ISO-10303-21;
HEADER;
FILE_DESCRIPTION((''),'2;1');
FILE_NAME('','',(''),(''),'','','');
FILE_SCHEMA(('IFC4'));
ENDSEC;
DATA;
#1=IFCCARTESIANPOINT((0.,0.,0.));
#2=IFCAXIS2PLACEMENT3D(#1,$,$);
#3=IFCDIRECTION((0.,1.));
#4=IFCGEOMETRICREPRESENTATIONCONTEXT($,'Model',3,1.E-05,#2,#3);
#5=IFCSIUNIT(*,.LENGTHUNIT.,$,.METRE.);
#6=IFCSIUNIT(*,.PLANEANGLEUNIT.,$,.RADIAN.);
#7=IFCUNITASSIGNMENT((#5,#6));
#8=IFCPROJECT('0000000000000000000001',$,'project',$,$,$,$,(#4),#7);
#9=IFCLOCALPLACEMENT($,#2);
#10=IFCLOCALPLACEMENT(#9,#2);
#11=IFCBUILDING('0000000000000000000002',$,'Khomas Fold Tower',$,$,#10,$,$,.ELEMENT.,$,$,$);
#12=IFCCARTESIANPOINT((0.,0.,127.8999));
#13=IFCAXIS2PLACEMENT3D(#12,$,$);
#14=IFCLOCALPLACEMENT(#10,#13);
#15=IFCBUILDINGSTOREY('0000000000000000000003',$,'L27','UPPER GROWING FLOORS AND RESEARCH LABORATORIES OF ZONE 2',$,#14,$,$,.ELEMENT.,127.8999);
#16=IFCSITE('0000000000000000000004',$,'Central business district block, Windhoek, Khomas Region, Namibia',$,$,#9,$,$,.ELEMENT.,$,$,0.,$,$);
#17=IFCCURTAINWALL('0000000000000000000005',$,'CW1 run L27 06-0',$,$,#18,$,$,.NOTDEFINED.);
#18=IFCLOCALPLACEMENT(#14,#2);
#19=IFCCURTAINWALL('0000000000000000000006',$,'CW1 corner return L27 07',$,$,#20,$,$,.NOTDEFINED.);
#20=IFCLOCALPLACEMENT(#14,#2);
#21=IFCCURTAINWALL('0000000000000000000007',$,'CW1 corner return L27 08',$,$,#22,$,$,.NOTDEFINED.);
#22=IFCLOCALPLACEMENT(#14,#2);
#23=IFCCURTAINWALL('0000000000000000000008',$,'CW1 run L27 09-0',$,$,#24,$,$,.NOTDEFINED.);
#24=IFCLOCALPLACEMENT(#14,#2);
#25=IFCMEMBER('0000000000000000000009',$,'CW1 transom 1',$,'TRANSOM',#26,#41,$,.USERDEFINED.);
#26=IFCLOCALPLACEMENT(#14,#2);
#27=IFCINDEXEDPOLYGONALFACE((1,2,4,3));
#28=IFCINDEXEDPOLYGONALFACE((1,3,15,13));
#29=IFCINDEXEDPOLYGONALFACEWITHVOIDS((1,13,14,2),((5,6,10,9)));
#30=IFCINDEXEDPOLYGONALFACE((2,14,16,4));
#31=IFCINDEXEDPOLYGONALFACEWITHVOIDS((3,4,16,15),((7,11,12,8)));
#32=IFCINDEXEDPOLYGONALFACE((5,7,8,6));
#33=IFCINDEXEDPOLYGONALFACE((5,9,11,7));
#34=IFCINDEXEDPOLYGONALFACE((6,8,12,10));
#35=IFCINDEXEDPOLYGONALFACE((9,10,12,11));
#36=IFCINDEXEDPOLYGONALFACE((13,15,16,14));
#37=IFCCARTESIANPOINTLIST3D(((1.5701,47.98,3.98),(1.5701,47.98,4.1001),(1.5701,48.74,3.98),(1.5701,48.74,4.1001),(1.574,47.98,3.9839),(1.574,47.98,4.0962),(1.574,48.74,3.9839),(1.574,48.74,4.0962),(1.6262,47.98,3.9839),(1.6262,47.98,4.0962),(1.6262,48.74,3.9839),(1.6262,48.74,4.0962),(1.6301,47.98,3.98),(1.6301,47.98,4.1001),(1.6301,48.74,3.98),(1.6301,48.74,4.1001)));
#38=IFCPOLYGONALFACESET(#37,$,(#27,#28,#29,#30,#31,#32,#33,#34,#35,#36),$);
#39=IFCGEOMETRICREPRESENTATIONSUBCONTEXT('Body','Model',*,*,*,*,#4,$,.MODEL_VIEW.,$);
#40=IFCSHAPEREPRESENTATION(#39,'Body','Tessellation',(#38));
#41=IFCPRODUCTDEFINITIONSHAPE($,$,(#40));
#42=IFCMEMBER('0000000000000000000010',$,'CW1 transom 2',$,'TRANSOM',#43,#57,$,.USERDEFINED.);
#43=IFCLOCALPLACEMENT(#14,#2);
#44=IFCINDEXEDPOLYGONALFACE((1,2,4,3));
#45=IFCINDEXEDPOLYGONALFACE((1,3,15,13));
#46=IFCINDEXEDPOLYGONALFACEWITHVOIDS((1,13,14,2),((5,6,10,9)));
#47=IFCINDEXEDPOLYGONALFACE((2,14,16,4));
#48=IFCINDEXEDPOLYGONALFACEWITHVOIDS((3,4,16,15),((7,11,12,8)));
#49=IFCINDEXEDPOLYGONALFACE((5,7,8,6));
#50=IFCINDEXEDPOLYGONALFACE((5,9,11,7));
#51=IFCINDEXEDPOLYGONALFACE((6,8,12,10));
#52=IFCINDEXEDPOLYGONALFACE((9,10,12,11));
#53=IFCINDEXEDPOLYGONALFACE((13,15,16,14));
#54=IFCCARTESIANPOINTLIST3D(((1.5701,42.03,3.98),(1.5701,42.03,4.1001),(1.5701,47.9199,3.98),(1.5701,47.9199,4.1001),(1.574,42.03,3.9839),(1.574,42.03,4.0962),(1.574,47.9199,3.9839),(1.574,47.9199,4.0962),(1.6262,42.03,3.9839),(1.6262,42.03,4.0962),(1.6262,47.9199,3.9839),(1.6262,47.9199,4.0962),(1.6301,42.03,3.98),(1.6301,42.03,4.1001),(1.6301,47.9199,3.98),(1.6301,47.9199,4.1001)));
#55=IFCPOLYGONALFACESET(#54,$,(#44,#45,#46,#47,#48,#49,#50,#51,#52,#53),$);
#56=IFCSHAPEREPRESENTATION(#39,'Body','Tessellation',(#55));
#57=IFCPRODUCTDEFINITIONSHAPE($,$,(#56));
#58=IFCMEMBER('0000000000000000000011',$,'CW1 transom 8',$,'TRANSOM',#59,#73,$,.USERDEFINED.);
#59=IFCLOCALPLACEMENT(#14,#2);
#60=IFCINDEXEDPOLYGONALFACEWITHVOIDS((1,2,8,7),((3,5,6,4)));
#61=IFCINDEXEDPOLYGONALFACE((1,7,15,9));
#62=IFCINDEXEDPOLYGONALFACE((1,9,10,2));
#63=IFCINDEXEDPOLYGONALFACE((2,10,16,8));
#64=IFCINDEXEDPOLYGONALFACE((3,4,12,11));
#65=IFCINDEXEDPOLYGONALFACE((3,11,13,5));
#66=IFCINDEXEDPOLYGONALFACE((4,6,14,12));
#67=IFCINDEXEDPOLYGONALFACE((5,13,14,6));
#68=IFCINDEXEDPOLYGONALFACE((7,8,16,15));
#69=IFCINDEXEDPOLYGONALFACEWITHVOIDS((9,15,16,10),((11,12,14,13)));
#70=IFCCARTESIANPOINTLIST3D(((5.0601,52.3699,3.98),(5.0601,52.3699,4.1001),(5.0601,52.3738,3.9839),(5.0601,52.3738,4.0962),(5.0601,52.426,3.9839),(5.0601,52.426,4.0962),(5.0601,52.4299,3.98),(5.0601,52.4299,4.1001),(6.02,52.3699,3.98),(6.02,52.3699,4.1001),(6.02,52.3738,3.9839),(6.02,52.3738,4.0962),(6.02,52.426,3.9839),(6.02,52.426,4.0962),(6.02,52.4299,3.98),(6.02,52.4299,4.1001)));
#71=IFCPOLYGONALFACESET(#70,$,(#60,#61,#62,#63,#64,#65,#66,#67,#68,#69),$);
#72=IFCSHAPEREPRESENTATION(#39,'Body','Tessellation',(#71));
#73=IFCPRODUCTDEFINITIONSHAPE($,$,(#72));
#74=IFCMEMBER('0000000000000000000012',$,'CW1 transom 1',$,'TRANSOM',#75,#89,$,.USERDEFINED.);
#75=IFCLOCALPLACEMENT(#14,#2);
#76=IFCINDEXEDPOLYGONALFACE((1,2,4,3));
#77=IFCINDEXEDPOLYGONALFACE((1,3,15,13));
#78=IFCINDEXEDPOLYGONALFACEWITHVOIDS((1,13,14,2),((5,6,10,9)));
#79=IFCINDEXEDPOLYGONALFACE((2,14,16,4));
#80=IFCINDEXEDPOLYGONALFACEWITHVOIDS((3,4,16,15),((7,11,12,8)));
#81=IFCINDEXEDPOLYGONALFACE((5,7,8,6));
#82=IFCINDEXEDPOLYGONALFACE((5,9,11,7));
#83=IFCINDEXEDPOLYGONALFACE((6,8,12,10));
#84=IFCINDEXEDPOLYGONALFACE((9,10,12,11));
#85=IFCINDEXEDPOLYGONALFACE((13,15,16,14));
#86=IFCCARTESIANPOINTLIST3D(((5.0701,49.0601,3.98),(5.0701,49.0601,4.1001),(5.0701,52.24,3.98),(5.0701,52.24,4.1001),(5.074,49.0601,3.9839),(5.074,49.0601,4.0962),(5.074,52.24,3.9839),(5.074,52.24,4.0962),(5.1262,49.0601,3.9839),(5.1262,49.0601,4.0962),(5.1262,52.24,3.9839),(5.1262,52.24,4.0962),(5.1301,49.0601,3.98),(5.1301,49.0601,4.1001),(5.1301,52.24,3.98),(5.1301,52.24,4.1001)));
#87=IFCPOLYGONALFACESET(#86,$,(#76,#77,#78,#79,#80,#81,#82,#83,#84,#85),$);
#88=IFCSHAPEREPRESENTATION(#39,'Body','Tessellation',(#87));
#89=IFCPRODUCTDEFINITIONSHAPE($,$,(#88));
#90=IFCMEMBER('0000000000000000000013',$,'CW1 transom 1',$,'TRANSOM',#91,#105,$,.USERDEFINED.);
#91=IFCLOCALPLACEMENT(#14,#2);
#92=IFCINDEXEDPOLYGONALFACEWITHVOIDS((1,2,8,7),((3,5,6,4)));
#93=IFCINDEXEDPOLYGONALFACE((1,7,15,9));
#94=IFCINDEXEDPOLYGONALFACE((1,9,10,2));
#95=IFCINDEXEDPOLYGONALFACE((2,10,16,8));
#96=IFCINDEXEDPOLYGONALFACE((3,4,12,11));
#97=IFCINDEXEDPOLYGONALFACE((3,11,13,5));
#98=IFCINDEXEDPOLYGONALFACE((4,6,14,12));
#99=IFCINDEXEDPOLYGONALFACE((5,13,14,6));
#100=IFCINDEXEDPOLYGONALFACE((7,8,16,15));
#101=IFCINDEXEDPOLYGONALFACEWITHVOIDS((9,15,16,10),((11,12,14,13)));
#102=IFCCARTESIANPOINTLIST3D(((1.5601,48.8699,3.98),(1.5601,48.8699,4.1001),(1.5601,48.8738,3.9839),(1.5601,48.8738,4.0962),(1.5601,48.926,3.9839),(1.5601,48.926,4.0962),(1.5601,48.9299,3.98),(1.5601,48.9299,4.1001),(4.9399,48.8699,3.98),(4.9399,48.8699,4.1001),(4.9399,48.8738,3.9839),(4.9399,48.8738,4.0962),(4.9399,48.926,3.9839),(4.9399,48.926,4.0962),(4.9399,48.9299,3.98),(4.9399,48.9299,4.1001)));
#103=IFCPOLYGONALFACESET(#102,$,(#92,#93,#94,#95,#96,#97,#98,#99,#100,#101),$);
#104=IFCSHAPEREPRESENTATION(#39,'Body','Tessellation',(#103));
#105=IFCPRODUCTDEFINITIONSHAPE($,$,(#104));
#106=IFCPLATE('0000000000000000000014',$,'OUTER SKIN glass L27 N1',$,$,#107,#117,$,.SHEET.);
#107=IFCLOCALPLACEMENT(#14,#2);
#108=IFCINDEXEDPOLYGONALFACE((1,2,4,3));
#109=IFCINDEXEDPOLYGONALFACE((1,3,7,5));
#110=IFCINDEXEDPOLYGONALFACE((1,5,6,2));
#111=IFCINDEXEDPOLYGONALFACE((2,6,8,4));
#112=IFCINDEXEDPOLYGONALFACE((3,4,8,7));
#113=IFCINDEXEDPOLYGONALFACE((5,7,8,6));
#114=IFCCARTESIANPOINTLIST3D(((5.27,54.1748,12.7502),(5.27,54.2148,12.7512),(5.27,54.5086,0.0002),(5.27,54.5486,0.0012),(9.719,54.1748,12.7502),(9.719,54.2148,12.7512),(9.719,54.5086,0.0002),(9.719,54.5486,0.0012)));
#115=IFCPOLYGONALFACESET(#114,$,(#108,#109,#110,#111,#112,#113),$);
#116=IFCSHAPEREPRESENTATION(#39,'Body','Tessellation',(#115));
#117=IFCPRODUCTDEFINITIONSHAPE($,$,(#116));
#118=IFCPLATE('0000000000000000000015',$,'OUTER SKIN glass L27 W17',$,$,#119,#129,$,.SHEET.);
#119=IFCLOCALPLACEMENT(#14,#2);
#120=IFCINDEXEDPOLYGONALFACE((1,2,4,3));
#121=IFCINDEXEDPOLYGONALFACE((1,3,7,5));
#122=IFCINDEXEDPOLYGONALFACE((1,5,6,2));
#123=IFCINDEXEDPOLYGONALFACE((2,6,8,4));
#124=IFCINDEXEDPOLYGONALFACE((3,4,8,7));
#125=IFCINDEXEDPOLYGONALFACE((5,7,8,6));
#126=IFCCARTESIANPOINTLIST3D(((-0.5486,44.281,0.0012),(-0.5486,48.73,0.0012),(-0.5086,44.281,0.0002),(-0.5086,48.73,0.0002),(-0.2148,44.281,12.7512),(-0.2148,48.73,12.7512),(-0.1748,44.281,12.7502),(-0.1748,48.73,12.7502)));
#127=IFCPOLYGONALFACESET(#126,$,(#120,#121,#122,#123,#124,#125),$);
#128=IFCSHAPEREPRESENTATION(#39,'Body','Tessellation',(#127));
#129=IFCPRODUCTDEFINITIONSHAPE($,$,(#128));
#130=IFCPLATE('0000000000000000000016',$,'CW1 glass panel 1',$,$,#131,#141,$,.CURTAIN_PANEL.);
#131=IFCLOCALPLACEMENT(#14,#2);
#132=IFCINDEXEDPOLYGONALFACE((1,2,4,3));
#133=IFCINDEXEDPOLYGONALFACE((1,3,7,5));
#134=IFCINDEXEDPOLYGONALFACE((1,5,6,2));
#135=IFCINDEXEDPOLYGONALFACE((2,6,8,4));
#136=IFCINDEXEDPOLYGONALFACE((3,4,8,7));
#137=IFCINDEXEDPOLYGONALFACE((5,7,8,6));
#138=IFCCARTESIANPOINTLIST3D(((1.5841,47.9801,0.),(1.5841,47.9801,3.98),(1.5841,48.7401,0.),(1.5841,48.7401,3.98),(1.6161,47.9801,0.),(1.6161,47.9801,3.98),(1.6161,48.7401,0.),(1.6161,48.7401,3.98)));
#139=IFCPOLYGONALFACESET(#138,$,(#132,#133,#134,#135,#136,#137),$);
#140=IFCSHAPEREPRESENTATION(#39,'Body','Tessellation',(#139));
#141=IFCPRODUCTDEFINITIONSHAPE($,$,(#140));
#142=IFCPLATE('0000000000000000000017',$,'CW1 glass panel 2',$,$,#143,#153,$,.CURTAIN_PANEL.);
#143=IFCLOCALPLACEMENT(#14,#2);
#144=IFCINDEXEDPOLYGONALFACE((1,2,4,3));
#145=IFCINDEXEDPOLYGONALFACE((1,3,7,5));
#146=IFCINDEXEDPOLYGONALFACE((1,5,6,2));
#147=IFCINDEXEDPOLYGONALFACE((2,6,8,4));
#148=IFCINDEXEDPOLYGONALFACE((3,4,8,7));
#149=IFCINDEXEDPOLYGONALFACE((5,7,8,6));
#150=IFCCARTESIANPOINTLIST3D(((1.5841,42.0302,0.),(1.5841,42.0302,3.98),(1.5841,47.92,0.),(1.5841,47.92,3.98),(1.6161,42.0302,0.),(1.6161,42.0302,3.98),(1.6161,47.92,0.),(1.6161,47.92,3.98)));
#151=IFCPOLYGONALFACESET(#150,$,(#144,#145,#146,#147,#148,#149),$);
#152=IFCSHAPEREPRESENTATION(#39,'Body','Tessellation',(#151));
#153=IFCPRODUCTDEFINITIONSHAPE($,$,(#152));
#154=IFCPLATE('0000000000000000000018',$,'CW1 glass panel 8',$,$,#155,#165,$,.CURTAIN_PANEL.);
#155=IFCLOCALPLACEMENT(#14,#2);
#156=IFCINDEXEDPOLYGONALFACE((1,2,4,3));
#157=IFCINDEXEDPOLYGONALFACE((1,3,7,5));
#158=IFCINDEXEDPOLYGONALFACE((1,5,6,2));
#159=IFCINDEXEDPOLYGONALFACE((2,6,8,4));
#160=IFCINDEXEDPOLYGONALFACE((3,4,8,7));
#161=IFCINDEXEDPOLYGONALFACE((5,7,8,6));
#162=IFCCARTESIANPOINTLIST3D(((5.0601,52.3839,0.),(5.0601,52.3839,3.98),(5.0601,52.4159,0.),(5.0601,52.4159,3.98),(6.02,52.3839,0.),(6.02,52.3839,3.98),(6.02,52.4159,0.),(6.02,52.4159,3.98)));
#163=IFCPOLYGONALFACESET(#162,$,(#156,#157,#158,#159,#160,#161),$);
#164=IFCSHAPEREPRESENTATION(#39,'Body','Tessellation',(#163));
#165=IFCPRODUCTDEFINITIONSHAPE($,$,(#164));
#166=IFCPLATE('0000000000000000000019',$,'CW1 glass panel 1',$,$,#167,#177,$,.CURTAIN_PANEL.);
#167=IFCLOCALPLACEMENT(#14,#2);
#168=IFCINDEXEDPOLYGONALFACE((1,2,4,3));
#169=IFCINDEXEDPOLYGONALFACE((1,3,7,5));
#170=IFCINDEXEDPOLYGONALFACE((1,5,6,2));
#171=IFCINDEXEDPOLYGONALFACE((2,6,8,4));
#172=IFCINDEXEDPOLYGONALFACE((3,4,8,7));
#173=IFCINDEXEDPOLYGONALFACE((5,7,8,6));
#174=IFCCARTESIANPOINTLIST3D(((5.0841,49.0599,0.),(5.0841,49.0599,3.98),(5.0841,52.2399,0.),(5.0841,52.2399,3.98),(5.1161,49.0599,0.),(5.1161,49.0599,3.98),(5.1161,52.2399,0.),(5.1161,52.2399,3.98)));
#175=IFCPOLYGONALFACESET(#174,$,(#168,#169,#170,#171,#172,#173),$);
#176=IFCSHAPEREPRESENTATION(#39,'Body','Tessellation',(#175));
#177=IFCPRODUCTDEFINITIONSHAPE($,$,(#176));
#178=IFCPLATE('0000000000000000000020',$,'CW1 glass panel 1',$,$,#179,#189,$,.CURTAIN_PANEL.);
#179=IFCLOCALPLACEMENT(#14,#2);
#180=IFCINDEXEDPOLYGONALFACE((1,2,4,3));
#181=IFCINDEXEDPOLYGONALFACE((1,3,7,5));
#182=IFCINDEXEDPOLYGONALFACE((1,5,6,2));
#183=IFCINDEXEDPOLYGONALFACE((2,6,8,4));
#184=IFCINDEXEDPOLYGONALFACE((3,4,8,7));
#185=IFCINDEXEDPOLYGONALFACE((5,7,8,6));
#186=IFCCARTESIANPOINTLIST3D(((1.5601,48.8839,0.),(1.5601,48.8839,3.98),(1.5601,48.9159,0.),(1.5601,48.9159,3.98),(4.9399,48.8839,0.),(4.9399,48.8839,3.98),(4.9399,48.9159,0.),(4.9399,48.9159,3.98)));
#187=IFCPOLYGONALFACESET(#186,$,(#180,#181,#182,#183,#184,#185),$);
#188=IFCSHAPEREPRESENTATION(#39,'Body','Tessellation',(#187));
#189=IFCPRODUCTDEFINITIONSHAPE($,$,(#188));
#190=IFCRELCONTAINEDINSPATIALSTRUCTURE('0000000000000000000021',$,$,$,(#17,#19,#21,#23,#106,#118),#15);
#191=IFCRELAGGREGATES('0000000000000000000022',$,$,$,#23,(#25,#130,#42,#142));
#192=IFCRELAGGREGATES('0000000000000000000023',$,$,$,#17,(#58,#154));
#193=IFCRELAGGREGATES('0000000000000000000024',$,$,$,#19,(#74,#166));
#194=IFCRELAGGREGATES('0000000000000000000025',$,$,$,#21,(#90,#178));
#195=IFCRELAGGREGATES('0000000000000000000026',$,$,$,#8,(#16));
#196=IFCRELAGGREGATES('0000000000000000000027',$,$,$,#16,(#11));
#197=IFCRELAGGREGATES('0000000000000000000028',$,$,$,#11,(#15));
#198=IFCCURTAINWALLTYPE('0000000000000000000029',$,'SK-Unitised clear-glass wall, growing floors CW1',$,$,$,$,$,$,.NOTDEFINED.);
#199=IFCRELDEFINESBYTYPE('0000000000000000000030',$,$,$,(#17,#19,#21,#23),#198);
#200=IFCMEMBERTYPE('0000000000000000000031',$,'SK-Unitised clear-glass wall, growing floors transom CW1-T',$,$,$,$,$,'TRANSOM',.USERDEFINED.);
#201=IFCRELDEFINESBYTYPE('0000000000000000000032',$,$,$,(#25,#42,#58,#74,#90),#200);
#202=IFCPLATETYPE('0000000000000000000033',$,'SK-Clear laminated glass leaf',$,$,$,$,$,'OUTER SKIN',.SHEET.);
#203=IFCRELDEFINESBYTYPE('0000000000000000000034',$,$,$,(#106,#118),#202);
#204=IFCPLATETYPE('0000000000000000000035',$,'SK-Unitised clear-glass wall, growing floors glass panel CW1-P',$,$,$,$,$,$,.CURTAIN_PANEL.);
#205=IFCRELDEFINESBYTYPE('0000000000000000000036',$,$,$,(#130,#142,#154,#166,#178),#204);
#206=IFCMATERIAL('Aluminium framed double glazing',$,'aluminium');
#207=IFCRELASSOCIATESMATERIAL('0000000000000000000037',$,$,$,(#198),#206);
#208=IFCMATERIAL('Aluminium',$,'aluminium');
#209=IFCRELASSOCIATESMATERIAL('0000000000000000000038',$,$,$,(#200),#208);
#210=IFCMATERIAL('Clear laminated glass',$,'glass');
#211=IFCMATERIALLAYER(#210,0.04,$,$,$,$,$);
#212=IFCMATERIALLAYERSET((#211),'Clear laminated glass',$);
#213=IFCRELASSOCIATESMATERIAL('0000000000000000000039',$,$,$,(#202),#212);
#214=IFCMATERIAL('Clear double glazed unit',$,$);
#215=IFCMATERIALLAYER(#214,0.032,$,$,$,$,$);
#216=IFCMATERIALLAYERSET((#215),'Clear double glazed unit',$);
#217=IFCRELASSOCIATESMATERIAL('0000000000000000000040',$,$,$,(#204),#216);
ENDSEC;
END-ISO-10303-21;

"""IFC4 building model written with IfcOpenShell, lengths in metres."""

from ifc_helpers import new_model, si_unit, direction, frame, origin, origin_2d, place, context, subcontext, project, spatial, polyline, rectangle, hollow_rectangle, outline, extrude, source, transform, mapped, material, layer, layer_set, material_profile, profile_set, type_object, element, aggregate, save


model = new_model("IFC4")

# Units and contexts
model_context = context("Model", 3, precision=1e-05, world=origin(), true_north=direction((0.0, 1.0)))
body_context = subcontext(model_context, "Body", "Model", "MODEL_VIEW")
ifc_project = project(units=[si_unit("LENGTHUNIT", "METRE"), si_unit("PLANEANGLEUNIT", "RADIAN")], contexts=[model_context])

# Site, building, storey
site_placement = place(None, origin())
site = spatial("IfcSite", under=ifc_project, at=site_placement, Name="Central business district block, Windhoek, Khomas Region, Namibia", CompositionType="ELEMENT", RefElevation=0.0)
building_placement = place(site_placement, origin())
building = spatial("IfcBuilding", under=site, at=building_placement, Name="Khomas Fold Tower", CompositionType="ELEMENT")
storey_placement = place(building_placement, frame((0.0, 0.0, 127.8999)))
storey = spatial("IfcBuildingStorey", under=building, at=storey_placement, Name="L27", Description="UPPER GROWING FLOORS AND RESEARCH LABORATORIES OF ZONE 2", CompositionType="ELEMENT", Elevation=127.8999)

# Curtain wall
ifc_material_1 = material(Name="Aluminium framed double glazing", Category="aluminium")
curtain_wall_type = type_object("IfcCurtainWallType", Name="SK-Unitised clear-glass wall, growing floors CW1", PredefinedType="NOTDEFINED", material=ifc_material_1)
curtain_wall_1_placement = place(storey_placement, origin())
curtain_wall_1 = element("IfcCurtainWall", 1, at=curtain_wall_1_placement, inside=storey, type_object=curtain_wall_type, Name="CW1 run L27 06-0", PredefinedType="NOTDEFINED")

# Curtain walls, members
curtain_wall_2_placement = place(storey_placement, origin())
curtain_wall_2 = element("IfcCurtainWall", 2, at=curtain_wall_2_placement, inside=storey, type_object=curtain_wall_type, Name="CW1 corner return L27 07", PredefinedType="NOTDEFINED")
curtain_wall_3_placement = place(storey_placement, origin())
curtain_wall_3 = element("IfcCurtainWall", 3, at=curtain_wall_3_placement, inside=storey, type_object=curtain_wall_type, Name="CW1 corner return L27 08", PredefinedType="NOTDEFINED")
curtain_wall_4_placement = place(storey_placement, origin())
curtain_wall_4 = element("IfcCurtainWall", 4, at=curtain_wall_4_placement, inside=storey, type_object=curtain_wall_type, Name="CW1 run L27 09-0", PredefinedType="NOTDEFINED")
ifc_material_2 = material(Name="Aluminium", Category="aluminium")
ifc_material_profile_1 = material_profile(ifc_material_2, hollow_rectangle(XDim=0.0601, YDim=0.1201, WallThickness=0.0039, at=origin_2d()), Name="SK-Unitised clear-glass wall, growing floors transom CW1-T")
ifc_profile_set_1 = profile_set([ifc_material_profile_1], Name="Aluminium")
member_type_1 = type_object("IfcMemberType", Name="SK-Unitised clear-glass wall, growing floors transom CW1-T", ElementType="TRANSOM", PredefinedType="USERDEFINED", material=ifc_profile_set_1)
shared_shape_1 = source(origin(), body_context, "Body", "SweptSolid", [
    extrude(hollow_rectangle(XDim=0.0601, YDim=0.1201, WallThickness=0.0039, at=origin_2d()), origin(), (0.0, 0.0, 1.0), 0.76),
])
member_1_placement = place(storey_placement, frame((1.6001, 48.74, 4.04), z_axis=(0.0, -1.0, 0.0), x_axis=(1.0, 0.0, 0.0)))
member_1 = element("IfcMember", 5, at=member_1_placement, type_object=member_type_1, Name="CW1 transom 1", ObjectType="TRANSOM", PredefinedType="USERDEFINED", context=body_context, shape_type="MappedRepresentation", body=[
    mapped(shared_shape_1, transform((0.0, 0.0, 0.0))),
])
shared_shape_2 = source(origin(), body_context, "Body", "SweptSolid", [
    extrude(hollow_rectangle(XDim=0.0601, YDim=0.1201, WallThickness=0.0039, at=origin_2d()), origin(), (0.0, 0.0, 1.0), 5.8899),
])
member_2_placement = place(storey_placement, frame((1.6001, 47.9199, 4.04), z_axis=(0.0, -1.0, 0.0), x_axis=(1.0, 0.0, 0.0)))
member_2 = element("IfcMember", 6, at=member_2_placement, type_object=member_type_1, Name="CW1 transom 2", ObjectType="TRANSOM", PredefinedType="USERDEFINED", context=body_context, shape_type="MappedRepresentation", body=[
    mapped(shared_shape_2, transform((0.0, 0.0, 0.0))),
])

# Members
shared_shape_3 = source(origin(), body_context, "Body", "SweptSolid", [
    extrude(hollow_rectangle(XDim=0.0601, YDim=0.1201, WallThickness=0.0039, at=origin_2d()), origin(), (0.0, 0.0, 1.0), 0.96),
])
member_3_placement = place(storey_placement, frame((6.02, 52.3999, 4.04), z_axis=(-1.0, 0.0, 0.0), x_axis=(0.0, -1.0, 0.0)))
member_3 = element("IfcMember", 7, at=member_3_placement, type_object=member_type_1, Name="CW1 transom 8", ObjectType="TRANSOM", PredefinedType="USERDEFINED", context=body_context, shape_type="MappedRepresentation", body=[
    mapped(shared_shape_3, transform((0.0, 0.0, 0.0))),
])
shared_shape_4 = source(origin(), body_context, "Body", "SweptSolid", [
    extrude(hollow_rectangle(XDim=0.0601, YDim=0.1201, WallThickness=0.0039, at=origin_2d()), origin(), (0.0, 0.0, 1.0), 3.1799),
])
member_4_placement = place(storey_placement, frame((5.1001, 52.24, 4.04), z_axis=(0.0, -1.0, 0.0), x_axis=(1.0, 0.0, 0.0)))
member_4 = element("IfcMember", 8, at=member_4_placement, type_object=member_type_1, Name="CW1 transom 1", ObjectType="TRANSOM", PredefinedType="USERDEFINED", context=body_context, shape_type="MappedRepresentation", body=[
    mapped(shared_shape_4, transform((0.0, 0.0, 0.0))),
])
shared_shape_5 = source(origin(), body_context, "Body", "SweptSolid", [
    extrude(hollow_rectangle(XDim=0.0601, YDim=0.1201, WallThickness=0.0039, at=origin_2d()), origin(), (0.0, 0.0, 1.0), 3.3799),
])
member_5_placement = place(storey_placement, frame((4.9399, 48.8999, 4.04), z_axis=(-1.0, 0.0, 0.0), x_axis=(0.0, -1.0, 0.0)))
member_5 = element("IfcMember", 9, at=member_5_placement, type_object=member_type_1, Name="CW1 transom 1", ObjectType="TRANSOM", PredefinedType="USERDEFINED", context=body_context, shape_type="MappedRepresentation", body=[
    mapped(shared_shape_5, transform((0.0, 0.0, 0.0))),
])

# Plates
ifc_material_3 = material(Name="Clear laminated glass", Category="glass")
ifc_layer_1 = layer(ifc_material_3, 0.04)
ifc_layer_set_1 = layer_set([ifc_layer_1], Name="Clear laminated glass")
plate_type_1 = type_object("IfcPlateType", Name="SK-Clear laminated glass leaf", ElementType="OUTER SKIN", PredefinedType="SHEET", material=ifc_layer_set_1)
for number, where, z_axis, x_axis, name in (
    (10, (5.27, 54.5486, 0.0012), (0.0, 0.999658, 0.026167), (1.0, 0.0, 0.0), "OUTER SKIN glass L27 N1"),
    (11, (-0.5486, 44.281, 0.0012), (-0.999658, 0.0, 0.026167), (0.0, 1.0, 0.0), "OUTER SKIN glass L27 W17"),
):
    element("IfcPlate", number, at=place(storey_placement, frame(where, z_axis=z_axis, x_axis=x_axis)), inside=storey, type_object=plate_type_1, Name=name, PredefinedType="SHEET", context=body_context, shape_type="SweptSolid", body=[
        extrude(outline(polyline([(0.0, 0.0), (4.449, 0.0), (4.449, -12.7544), (0.0, -12.7544), (0.0, 0.0)])), origin(), (0.0, 0.0, -1.0), 0.04),
    ])

# Plates
ifc_material_4 = material(Name="Clear double glazed unit")
ifc_layer_2 = layer(ifc_material_4, 0.032)
ifc_layer_set_2 = layer_set([ifc_layer_2], Name="Clear double glazed unit")
plate_type_2 = type_object("IfcPlateType", Name="SK-Unitised clear-glass wall, growing floors glass panel CW1-P", PredefinedType="CURTAIN_PANEL", material=ifc_layer_set_2)
shared_shape_6 = source(origin(), body_context, "Body", "SweptSolid", [
    extrude(rectangle(XDim=0.76, YDim=0.032, at=origin_2d()), origin(), (0.0, 0.0, 1.0), 3.98),
])
plate_1_placement = place(storey_placement, frame((1.6001, 48.3601, 0.0), z_axis=(0.0, 0.0, 1.0), x_axis=(0.0, -1.0, 0.0)))
plate_1 = element("IfcPlate", 12, at=plate_1_placement, type_object=plate_type_2, Name="CW1 glass panel 1", PredefinedType="CURTAIN_PANEL", context=body_context, shape_type="MappedRepresentation", body=[
    mapped(shared_shape_6, transform((0.0, 0.0, 0.0))),
])
shared_shape_7 = source(origin(), body_context, "Body", "SweptSolid", [
    extrude(rectangle(XDim=5.8899, YDim=0.032, at=origin_2d()), origin(), (0.0, 0.0, 1.0), 3.98),
])
plate_2_placement = place(storey_placement, frame((1.6001, 44.9751, 0.0), z_axis=(0.0, 0.0, 1.0), x_axis=(0.0, -1.0, 0.0)))
plate_2 = element("IfcPlate", 13, at=plate_2_placement, type_object=plate_type_2, Name="CW1 glass panel 2", PredefinedType="CURTAIN_PANEL", context=body_context, shape_type="MappedRepresentation", body=[
    mapped(shared_shape_7, transform((0.0, 0.0, 0.0))),
])
aggregate(curtain_wall_4, [member_1, plate_1, member_2, plate_2])
shared_shape_8 = source(origin(), body_context, "Body", "SweptSolid", [
    extrude(rectangle(XDim=0.96, YDim=0.032, at=origin_2d()), origin(), (0.0, 0.0, 1.0), 3.98),
])
plate_3_placement = place(storey_placement, frame((5.54, 52.3999, 0.0), z_axis=(0.0, 0.0, 1.0), x_axis=(-1.0, 0.0, 0.0)))
plate_3 = element("IfcPlate", 14, at=plate_3_placement, type_object=plate_type_2, Name="CW1 glass panel 8", PredefinedType="CURTAIN_PANEL", context=body_context, shape_type="MappedRepresentation", body=[
    mapped(shared_shape_8, transform((0.0, 0.0, 0.0))),
])
aggregate(curtain_wall_1, [member_3, plate_3])
shared_shape_9 = source(origin(), body_context, "Body", "SweptSolid", [
    extrude(rectangle(XDim=3.1799, YDim=0.032, at=origin_2d()), origin(), (0.0, 0.0, 1.0), 3.98),
])
plate_4_placement = place(storey_placement, frame((5.1001, 50.6499, 0.0), z_axis=(0.0, 0.0, 1.0), x_axis=(0.0, -1.0, 0.0)))
plate_4 = element("IfcPlate", 15, at=plate_4_placement, type_object=plate_type_2, Name="CW1 glass panel 1", PredefinedType="CURTAIN_PANEL", context=body_context, shape_type="MappedRepresentation", body=[
    mapped(shared_shape_9, transform((0.0, 0.0, 0.0))),
])
aggregate(curtain_wall_2, [member_4, plate_4])
shared_shape_10 = source(origin(), body_context, "Body", "SweptSolid", [
    extrude(rectangle(XDim=3.3799, YDim=0.032, at=origin_2d()), origin(), (0.0, 0.0, 1.0), 3.98),
])
plate_5_placement = place(storey_placement, frame((3.25, 48.8999, 0.0), z_axis=(0.0, 0.0, 1.0), x_axis=(-1.0, 0.0, 0.0)))
plate_5 = element("IfcPlate", 16, at=plate_5_placement, type_object=plate_type_2, Name="CW1 glass panel 1", PredefinedType="CURTAIN_PANEL", context=body_context, shape_type="MappedRepresentation", body=[
    mapped(shared_shape_10, transform((0.0, 0.0, 0.0))),
])
aggregate(curtain_wall_3, [member_5, plate_5])

save(model, "model.ifc")
